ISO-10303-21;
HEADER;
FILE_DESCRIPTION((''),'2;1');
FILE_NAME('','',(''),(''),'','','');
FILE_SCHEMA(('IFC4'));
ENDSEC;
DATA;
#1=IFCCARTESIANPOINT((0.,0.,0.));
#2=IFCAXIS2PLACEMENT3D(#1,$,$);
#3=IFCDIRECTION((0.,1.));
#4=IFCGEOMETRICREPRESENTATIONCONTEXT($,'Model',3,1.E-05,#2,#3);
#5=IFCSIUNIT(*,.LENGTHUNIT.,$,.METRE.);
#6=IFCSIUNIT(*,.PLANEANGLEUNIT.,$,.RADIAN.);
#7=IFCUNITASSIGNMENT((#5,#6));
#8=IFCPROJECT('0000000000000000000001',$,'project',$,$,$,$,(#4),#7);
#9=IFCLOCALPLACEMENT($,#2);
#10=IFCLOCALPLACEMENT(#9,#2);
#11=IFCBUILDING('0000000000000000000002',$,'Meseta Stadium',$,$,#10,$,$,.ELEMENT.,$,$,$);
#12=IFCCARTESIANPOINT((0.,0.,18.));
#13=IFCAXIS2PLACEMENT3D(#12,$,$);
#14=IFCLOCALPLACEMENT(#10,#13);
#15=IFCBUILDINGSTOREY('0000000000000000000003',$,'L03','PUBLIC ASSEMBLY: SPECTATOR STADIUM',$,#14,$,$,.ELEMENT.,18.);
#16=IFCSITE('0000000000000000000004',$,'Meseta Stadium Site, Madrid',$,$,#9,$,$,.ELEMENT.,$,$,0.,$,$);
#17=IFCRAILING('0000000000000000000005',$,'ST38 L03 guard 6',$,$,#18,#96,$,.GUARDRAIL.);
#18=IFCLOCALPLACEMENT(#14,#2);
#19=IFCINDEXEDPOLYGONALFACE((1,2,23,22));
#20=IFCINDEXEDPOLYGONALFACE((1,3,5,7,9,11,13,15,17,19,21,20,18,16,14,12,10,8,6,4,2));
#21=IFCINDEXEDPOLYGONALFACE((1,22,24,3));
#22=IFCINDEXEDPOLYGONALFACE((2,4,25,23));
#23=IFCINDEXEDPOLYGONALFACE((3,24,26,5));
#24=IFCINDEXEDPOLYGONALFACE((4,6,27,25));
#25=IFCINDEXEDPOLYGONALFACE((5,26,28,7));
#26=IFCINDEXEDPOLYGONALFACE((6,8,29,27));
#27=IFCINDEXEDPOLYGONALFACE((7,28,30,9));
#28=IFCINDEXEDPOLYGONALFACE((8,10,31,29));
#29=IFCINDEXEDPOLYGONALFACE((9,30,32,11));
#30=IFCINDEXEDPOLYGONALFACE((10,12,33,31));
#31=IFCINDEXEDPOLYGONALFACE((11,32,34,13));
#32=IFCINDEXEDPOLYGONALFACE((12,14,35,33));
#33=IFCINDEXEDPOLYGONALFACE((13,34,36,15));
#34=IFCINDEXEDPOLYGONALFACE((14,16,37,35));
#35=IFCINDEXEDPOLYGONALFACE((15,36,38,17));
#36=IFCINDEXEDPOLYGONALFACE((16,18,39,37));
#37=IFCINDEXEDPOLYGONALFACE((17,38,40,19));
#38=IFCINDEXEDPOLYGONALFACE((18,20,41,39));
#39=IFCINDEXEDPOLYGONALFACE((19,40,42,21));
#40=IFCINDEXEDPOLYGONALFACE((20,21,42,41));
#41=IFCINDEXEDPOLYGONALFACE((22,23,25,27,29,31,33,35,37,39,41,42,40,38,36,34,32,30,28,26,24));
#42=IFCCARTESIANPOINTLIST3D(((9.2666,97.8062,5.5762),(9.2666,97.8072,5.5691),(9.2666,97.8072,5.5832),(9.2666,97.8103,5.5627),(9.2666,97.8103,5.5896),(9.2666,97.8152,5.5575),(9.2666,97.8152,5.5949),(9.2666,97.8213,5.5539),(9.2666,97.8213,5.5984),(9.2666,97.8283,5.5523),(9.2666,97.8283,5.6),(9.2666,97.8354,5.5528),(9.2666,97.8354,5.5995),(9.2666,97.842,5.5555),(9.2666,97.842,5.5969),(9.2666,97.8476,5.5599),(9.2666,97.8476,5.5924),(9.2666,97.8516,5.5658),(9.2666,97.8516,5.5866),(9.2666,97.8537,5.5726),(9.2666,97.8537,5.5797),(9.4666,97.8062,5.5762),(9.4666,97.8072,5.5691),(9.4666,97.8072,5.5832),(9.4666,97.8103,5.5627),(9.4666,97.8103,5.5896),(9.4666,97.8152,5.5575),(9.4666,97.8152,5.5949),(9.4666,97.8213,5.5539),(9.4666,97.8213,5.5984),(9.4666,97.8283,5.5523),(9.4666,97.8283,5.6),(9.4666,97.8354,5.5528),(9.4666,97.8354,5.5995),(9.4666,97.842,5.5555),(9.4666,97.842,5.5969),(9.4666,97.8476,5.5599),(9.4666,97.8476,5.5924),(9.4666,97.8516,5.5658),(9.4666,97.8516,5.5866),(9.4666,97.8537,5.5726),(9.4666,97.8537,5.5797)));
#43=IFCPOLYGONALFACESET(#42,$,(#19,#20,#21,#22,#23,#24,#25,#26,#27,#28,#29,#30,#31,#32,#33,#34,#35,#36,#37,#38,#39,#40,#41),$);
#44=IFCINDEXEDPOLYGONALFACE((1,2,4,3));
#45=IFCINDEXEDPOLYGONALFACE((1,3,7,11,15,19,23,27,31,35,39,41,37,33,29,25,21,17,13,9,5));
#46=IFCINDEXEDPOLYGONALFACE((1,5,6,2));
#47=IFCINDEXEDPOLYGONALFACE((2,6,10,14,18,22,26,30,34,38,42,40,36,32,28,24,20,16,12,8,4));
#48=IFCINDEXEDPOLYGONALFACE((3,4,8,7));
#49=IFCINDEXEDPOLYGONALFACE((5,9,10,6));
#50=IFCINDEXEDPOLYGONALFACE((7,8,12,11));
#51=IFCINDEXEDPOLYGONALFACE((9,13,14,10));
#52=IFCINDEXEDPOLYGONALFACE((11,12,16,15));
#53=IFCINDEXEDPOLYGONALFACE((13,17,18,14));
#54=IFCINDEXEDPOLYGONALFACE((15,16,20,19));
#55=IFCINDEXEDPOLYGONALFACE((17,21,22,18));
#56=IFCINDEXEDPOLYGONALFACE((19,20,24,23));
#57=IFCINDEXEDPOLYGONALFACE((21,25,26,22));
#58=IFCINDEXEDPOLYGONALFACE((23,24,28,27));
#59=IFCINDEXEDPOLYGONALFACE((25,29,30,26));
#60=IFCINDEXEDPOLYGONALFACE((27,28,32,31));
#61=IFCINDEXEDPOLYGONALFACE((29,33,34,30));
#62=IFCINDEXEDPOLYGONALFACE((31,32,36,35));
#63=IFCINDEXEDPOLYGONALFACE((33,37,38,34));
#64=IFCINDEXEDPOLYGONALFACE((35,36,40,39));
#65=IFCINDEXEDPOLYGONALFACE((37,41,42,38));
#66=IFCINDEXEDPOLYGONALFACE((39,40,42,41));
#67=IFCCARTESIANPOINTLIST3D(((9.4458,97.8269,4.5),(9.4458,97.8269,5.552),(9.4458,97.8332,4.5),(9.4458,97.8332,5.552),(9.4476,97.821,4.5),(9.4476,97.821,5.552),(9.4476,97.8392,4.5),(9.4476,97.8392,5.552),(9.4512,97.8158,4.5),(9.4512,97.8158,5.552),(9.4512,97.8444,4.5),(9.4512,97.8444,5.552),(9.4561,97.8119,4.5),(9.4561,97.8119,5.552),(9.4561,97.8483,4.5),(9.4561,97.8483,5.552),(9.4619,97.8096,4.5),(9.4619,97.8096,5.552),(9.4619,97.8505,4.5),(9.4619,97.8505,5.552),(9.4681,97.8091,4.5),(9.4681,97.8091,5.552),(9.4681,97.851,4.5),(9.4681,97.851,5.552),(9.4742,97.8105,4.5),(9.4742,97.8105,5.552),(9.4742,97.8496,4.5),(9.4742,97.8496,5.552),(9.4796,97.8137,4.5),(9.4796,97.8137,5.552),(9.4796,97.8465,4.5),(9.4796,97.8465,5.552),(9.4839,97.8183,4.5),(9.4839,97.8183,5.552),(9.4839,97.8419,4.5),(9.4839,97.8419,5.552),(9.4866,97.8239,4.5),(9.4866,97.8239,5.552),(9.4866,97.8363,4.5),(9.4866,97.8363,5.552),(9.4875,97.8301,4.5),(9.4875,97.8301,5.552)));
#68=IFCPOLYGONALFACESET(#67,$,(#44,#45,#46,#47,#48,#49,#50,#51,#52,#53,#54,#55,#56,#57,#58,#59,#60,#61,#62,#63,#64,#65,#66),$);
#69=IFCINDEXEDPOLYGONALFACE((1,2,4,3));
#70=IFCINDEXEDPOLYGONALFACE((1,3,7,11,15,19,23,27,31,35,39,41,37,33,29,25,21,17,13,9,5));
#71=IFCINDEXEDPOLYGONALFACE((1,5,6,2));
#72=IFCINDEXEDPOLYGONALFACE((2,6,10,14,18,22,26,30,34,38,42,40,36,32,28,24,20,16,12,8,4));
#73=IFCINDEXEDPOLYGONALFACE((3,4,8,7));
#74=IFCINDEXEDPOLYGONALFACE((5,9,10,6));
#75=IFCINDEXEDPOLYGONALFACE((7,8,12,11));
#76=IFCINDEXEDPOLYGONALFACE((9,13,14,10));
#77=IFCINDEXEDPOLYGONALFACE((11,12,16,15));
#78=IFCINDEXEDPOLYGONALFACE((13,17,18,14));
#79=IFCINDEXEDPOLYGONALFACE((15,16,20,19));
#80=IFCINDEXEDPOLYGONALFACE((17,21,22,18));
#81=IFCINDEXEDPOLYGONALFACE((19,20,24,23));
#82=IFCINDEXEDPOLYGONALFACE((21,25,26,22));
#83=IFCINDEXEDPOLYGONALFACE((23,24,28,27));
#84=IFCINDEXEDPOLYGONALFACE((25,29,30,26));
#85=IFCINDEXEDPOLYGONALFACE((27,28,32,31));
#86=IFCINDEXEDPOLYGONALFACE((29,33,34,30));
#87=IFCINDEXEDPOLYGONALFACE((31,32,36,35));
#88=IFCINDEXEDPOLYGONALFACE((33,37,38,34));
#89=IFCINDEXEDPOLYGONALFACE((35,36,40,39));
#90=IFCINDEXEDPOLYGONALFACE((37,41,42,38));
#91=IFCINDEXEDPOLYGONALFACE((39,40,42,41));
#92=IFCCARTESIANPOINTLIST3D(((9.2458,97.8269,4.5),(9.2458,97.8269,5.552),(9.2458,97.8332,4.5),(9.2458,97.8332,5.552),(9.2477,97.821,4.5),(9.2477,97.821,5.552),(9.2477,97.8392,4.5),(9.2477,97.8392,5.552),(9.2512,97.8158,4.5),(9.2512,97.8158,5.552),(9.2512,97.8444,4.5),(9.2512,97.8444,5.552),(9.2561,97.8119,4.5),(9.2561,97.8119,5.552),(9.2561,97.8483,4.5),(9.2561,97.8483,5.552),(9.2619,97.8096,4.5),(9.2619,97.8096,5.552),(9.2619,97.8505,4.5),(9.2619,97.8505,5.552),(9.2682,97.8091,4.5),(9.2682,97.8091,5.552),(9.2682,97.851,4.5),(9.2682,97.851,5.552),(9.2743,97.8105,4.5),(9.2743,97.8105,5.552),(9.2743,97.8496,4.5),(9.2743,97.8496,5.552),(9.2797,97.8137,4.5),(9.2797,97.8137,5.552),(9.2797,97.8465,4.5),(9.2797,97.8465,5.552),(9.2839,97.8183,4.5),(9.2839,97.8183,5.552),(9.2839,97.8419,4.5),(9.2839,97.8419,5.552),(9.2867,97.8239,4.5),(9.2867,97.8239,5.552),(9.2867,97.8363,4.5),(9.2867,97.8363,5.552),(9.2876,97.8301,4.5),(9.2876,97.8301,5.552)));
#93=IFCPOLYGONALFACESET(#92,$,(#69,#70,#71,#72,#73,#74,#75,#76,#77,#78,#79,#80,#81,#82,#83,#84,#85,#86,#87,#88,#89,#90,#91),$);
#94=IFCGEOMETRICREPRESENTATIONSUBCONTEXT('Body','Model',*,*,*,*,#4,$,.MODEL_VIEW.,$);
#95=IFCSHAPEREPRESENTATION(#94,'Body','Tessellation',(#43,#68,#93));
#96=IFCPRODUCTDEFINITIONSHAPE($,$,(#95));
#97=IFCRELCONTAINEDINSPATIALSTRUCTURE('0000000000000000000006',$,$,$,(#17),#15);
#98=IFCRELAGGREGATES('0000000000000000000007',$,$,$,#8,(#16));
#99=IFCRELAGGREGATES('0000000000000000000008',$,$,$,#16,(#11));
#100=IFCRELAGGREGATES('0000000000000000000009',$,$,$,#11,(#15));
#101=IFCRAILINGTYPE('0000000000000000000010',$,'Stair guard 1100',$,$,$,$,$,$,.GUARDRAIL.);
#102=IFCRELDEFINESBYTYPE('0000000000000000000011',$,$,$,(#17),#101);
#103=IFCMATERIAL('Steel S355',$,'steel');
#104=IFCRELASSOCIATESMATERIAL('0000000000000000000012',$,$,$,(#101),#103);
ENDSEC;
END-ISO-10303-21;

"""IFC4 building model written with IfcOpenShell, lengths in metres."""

from ifc_helpers import new_model, si_unit, direction, frame, origin, origin_2d, place, context, subcontext, project, spatial, circle, extrude, material, type_object, element, save


model = new_model("IFC4")

# Units and contexts
model_context = context("Model", 3, precision=1e-05, world=origin(), true_north=direction((0.0, 1.0)))
body_context = subcontext(model_context, "Body", "Model", "MODEL_VIEW")
ifc_project = project(units=[si_unit("LENGTHUNIT", "METRE"), si_unit("PLANEANGLEUNIT", "RADIAN")], contexts=[model_context])

# Site, building, storey
site_placement = place(None, origin())
site = spatial("IfcSite", under=ifc_project, at=site_placement, Name="Meseta Stadium Site, Madrid", CompositionType="ELEMENT", RefElevation=0.0)
building_placement = place(site_placement, origin())
building = spatial("IfcBuilding", under=site, at=building_placement, Name="Meseta Stadium", CompositionType="ELEMENT")
storey_placement = place(building_placement, frame((0.0, 0.0, 18.0)))
storey = spatial("IfcBuildingStorey", under=building, at=storey_placement, Name="L03", Description="PUBLIC ASSEMBLY: SPECTATOR STADIUM", CompositionType="ELEMENT", Elevation=18.0)

# Railing
ifc_material_1 = material(Name="Steel S355", Category="steel")
railing_type = type_object("IfcRailingType", Name="Stair guard 1100", PredefinedType="GUARDRAIL", material=ifc_material_1)
railing_1_placement = place(storey_placement, frame((9.4666, 97.8301, 4.5)))
element("IfcRailing", 1, at=railing_1_placement, inside=storey, type_object=railing_type, Name="ST38 L03 guard 6", PredefinedType="GUARDRAIL", context=body_context, shape_type="SweptSolid", body=[
    extrude(circle(Radius=0.0239, at=origin_2d()), frame((0.0, 0.0, 1.0762), z_axis=(-1.0, 0.0, 0.0), x_axis=(0.0, -1.0, 0.0)), (0.0, 0.0, 1.0), 0.2),
    extrude(circle(Radius=0.021, at=origin_2d()), origin(), (0.0, 0.0, 1.0), 1.052),
    extrude(circle(Radius=0.021, at=origin_2d()), frame((-0.2, 0.0, 0.0)), (0.0, 0.0, 1.0), 1.052),
])

save(model, "model.ifc")
